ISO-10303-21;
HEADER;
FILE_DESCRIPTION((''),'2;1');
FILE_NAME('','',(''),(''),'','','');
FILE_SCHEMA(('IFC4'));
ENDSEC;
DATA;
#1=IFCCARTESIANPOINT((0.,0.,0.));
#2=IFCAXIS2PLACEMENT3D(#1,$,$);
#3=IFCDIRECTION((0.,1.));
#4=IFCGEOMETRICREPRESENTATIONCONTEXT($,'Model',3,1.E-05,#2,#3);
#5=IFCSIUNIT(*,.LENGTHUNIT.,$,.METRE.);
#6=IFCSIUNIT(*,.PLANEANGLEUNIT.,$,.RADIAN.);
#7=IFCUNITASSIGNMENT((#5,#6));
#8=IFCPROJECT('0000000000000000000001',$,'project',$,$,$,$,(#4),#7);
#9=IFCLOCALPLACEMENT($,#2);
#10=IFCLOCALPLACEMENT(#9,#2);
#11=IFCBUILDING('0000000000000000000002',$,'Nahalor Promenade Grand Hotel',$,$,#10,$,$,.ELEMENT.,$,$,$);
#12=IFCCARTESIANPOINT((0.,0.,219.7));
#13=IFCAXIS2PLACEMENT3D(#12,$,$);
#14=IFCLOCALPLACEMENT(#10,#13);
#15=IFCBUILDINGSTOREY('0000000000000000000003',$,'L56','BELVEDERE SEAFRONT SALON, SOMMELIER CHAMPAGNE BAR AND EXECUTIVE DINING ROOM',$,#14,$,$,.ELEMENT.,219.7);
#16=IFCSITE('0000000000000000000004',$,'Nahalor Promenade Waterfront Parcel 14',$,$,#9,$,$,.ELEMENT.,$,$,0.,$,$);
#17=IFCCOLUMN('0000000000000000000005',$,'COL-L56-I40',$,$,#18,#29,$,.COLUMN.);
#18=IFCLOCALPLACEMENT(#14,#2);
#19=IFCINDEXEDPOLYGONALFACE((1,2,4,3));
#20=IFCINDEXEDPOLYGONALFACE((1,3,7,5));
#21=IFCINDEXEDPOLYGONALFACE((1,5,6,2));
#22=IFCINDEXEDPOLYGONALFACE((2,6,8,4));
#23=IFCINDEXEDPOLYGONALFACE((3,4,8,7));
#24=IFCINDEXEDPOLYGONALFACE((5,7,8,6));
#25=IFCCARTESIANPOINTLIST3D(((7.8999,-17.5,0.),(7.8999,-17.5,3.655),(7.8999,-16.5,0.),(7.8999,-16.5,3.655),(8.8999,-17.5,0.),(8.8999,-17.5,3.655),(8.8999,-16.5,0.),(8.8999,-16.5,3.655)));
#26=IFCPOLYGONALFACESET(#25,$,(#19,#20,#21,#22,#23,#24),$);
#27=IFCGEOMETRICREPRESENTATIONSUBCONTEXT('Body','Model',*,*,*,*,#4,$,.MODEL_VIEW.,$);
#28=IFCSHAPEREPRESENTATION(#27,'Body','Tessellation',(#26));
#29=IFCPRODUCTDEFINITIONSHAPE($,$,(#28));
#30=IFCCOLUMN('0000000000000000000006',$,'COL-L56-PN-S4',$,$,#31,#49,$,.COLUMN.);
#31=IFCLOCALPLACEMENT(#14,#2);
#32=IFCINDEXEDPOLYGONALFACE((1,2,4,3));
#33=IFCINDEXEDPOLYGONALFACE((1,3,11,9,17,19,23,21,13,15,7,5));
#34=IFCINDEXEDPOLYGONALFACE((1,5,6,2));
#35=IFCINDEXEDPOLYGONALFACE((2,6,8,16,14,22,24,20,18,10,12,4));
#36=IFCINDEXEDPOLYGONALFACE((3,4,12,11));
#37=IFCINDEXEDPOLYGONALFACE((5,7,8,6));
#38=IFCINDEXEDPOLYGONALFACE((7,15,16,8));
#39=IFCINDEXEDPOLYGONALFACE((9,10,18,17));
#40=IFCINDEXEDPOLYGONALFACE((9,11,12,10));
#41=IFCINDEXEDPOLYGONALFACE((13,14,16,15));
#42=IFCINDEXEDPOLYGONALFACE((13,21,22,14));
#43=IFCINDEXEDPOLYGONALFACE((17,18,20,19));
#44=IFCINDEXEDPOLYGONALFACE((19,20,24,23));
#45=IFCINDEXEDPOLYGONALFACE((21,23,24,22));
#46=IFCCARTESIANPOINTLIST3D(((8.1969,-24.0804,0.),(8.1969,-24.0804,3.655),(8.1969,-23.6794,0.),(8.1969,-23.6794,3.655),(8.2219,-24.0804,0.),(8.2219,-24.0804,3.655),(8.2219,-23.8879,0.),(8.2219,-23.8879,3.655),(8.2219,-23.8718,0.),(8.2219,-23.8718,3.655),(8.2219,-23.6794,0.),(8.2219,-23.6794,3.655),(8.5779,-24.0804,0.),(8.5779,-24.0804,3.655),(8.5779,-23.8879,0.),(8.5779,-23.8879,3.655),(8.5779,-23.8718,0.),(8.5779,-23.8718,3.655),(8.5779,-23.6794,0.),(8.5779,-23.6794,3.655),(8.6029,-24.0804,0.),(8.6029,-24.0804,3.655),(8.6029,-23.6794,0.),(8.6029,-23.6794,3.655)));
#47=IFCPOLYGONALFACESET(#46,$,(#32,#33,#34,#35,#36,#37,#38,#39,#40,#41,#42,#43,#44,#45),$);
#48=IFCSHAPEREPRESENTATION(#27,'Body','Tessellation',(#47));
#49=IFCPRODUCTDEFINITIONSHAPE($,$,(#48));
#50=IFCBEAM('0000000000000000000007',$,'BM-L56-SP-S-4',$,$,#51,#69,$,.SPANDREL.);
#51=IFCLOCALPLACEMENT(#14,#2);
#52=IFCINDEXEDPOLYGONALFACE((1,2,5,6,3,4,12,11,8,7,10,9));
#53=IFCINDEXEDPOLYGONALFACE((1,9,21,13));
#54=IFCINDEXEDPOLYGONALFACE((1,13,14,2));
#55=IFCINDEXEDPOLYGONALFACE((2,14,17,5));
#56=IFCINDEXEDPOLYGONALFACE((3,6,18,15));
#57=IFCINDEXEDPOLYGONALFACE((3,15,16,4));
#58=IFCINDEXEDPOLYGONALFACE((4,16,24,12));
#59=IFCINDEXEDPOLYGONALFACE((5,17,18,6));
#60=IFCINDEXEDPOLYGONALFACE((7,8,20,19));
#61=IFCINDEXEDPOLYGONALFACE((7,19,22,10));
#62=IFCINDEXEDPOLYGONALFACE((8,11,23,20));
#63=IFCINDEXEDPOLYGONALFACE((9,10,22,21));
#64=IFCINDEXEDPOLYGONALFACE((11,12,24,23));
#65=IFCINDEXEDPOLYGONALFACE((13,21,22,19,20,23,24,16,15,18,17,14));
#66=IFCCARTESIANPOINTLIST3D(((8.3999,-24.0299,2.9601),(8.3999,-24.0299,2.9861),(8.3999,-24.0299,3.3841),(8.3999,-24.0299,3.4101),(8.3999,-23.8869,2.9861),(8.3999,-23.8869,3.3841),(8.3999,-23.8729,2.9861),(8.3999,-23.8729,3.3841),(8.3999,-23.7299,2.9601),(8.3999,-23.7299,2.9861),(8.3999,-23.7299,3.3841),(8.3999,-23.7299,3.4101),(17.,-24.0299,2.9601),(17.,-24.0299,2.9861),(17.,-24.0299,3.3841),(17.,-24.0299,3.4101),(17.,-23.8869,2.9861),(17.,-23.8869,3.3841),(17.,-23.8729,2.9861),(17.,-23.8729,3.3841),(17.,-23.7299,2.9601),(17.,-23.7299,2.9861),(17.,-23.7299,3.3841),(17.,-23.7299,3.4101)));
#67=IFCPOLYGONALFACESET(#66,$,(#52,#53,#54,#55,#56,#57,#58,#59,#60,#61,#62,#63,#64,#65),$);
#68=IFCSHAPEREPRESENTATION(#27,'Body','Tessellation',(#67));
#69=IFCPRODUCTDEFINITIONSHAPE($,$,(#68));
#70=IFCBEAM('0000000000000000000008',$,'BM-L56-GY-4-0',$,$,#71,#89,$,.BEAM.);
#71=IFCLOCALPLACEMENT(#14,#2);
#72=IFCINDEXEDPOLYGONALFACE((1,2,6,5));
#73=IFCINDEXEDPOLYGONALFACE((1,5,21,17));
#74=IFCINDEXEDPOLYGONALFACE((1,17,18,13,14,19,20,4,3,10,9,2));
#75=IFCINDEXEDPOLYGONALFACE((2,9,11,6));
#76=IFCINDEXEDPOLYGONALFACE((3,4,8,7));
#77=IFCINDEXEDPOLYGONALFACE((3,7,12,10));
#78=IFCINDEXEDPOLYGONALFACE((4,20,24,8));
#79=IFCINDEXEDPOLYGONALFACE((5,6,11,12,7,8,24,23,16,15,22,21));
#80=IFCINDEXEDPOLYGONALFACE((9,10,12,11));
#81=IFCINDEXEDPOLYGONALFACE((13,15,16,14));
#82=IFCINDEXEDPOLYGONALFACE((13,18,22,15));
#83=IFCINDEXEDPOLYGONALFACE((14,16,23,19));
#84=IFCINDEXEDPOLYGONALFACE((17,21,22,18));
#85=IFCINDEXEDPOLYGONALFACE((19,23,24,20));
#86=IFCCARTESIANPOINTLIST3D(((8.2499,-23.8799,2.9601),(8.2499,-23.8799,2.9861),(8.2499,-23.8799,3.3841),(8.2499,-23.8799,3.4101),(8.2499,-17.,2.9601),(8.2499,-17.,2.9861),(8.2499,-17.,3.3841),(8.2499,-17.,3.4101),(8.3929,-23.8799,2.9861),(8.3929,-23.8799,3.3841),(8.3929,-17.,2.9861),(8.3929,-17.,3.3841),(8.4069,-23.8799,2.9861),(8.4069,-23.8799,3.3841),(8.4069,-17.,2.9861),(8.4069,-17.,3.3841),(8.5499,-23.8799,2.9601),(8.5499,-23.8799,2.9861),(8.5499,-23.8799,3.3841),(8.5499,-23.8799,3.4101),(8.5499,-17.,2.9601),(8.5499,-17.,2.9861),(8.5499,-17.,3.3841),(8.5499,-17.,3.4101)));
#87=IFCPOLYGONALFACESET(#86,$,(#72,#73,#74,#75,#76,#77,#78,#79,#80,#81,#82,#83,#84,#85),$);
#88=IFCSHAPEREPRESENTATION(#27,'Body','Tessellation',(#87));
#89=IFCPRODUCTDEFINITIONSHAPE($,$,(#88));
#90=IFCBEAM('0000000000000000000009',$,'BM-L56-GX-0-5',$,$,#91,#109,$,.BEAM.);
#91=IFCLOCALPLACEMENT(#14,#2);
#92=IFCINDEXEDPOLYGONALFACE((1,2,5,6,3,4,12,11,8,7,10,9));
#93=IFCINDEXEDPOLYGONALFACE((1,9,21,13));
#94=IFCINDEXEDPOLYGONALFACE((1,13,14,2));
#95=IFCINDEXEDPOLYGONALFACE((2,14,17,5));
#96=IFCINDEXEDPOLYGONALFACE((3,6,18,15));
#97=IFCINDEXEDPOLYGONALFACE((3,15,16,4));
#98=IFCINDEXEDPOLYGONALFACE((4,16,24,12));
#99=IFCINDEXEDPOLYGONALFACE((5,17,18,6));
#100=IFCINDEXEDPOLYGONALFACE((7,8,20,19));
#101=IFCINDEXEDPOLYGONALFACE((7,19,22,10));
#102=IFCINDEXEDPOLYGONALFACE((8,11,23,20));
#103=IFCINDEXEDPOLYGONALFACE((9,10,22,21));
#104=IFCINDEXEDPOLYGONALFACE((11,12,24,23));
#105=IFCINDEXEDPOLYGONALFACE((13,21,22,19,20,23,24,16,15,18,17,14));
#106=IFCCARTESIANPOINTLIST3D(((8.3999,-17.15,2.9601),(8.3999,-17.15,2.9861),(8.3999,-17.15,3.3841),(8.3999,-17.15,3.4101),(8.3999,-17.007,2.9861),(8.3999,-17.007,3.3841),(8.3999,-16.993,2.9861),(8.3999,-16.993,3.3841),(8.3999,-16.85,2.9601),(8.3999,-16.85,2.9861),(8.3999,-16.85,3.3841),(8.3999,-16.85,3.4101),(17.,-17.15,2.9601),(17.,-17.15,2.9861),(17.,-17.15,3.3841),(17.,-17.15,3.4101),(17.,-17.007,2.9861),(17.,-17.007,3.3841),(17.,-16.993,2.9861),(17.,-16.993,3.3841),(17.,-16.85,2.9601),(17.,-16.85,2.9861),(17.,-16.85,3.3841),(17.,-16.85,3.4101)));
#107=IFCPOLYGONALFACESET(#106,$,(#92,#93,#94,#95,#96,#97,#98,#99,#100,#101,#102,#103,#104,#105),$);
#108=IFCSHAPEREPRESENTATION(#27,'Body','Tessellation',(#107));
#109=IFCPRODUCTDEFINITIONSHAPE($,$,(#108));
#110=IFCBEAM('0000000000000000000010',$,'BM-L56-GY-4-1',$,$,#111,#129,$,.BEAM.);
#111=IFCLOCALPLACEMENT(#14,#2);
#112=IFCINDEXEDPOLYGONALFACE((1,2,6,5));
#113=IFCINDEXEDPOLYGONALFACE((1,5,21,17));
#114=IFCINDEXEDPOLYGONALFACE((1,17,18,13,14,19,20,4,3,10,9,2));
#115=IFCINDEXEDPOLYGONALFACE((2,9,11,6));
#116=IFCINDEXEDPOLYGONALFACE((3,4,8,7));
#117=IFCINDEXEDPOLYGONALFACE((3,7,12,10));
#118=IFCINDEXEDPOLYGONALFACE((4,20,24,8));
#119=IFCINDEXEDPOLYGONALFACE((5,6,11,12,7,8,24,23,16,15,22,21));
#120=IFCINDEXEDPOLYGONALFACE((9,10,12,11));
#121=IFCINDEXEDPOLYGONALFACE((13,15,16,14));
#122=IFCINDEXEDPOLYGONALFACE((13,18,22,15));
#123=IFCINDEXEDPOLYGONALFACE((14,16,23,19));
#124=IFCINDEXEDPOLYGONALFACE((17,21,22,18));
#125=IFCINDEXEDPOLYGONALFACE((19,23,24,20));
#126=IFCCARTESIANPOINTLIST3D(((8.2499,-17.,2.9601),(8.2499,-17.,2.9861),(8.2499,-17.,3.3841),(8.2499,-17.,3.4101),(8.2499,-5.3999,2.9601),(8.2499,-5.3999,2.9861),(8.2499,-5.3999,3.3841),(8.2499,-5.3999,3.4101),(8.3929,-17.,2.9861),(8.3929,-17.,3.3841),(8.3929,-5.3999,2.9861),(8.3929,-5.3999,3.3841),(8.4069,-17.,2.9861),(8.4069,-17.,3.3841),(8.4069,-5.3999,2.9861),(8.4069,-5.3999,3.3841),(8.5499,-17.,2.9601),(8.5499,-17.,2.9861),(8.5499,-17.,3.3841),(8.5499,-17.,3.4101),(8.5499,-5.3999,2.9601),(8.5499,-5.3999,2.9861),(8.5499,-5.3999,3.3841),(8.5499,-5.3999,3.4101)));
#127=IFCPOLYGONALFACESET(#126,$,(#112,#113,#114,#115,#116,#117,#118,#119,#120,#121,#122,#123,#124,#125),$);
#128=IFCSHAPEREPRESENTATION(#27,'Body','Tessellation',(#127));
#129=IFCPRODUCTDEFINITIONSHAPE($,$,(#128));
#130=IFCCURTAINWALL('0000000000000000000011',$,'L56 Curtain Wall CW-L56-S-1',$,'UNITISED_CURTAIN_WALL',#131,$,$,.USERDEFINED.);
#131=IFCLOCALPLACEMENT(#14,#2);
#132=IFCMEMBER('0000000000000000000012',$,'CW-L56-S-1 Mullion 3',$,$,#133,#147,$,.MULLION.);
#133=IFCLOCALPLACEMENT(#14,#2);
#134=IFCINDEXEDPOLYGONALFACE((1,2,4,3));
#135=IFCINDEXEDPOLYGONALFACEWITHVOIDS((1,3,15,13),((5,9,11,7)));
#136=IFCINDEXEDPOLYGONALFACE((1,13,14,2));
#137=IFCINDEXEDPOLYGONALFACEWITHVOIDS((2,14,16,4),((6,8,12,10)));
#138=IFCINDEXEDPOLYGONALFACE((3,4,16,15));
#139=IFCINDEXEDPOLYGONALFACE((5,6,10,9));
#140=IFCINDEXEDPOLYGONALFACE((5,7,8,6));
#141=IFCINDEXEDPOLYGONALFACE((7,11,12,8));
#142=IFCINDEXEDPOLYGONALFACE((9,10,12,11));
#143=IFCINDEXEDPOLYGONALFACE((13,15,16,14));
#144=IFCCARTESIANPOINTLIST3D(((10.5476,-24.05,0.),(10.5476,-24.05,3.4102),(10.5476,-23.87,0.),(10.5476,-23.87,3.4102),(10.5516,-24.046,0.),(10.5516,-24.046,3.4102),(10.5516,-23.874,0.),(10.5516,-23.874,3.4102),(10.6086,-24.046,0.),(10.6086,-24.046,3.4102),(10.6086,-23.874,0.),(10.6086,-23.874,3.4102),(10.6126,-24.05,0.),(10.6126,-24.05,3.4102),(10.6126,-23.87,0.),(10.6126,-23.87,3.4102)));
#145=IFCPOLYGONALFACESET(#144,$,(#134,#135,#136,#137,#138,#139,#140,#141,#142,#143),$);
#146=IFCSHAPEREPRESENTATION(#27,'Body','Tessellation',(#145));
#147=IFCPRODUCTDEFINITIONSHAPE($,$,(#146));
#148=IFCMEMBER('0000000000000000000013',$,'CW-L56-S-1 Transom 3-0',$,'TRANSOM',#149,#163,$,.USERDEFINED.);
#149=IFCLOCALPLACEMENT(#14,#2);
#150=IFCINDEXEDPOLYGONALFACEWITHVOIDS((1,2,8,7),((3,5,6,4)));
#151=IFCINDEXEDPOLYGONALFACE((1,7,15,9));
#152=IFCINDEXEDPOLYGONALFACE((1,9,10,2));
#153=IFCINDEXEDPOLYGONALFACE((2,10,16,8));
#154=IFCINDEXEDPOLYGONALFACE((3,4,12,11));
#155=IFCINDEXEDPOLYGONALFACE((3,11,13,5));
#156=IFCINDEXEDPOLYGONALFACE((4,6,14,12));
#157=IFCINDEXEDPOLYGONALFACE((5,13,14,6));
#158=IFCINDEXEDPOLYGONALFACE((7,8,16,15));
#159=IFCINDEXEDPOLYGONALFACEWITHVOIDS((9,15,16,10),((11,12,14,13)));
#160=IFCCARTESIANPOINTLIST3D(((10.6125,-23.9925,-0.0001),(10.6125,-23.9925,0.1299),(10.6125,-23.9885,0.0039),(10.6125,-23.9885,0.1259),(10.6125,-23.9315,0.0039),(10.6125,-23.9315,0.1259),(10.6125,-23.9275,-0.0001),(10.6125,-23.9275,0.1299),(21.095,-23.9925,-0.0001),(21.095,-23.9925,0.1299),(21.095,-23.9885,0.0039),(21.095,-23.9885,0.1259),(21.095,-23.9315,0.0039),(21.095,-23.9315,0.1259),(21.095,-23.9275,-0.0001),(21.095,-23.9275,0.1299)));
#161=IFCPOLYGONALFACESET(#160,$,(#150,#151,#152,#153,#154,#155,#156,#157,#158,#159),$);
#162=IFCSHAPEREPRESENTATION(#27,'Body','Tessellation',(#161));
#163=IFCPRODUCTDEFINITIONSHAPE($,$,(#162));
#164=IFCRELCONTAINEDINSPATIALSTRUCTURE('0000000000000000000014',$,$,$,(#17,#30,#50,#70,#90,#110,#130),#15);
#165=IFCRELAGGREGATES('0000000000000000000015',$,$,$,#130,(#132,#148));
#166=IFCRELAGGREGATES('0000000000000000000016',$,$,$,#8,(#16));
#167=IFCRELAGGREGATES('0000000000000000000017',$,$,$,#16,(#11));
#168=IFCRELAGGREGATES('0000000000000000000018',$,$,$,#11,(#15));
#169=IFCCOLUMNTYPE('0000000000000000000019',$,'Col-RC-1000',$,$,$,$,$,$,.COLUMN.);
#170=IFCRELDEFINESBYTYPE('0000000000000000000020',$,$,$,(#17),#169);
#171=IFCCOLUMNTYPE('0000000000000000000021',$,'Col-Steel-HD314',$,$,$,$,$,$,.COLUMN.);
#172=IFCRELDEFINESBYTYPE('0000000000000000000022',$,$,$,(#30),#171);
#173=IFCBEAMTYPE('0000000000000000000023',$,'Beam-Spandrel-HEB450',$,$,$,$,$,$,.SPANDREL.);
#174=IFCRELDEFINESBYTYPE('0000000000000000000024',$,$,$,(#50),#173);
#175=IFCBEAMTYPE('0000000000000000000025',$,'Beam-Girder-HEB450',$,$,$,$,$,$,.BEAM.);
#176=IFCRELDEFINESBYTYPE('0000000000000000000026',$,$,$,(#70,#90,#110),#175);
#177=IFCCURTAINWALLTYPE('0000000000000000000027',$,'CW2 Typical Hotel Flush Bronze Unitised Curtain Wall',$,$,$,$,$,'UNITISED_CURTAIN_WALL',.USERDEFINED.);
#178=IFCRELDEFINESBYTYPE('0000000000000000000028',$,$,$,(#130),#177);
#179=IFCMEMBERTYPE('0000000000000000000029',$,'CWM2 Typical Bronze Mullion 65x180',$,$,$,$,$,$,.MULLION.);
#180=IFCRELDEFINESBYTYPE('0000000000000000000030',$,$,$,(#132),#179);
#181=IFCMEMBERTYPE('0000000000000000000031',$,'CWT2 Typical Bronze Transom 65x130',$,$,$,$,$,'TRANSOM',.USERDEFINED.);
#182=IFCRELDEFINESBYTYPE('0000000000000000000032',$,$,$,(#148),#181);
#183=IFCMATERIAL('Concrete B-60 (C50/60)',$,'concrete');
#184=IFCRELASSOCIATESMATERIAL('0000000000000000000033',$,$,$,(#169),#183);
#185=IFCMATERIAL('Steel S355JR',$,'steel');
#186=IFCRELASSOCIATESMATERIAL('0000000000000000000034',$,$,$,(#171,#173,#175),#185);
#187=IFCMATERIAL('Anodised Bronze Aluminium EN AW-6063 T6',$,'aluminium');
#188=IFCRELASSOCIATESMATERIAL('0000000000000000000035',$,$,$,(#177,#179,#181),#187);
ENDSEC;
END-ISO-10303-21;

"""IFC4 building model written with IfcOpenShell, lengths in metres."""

from ifc_helpers import new_model, si_unit, direction, frame, origin, origin_2d, place, context, subcontext, project, spatial, rectangle, hollow_rectangle, i_section, extrude, source, transform, mapped, material, material_profile, profile_set, type_object, element, aggregate, save


model = new_model("IFC4")

# Units and contexts
model_context = context("Model", 3, precision=1e-05, world=origin(), true_north=direction((0.0, 1.0)))
body_context = subcontext(model_context, "Body", "Model", "MODEL_VIEW")
ifc_project = project(units=[si_unit("LENGTHUNIT", "METRE"), si_unit("PLANEANGLEUNIT", "RADIAN")], contexts=[model_context])

# Site, building, storey
site_placement = place(None, origin())
site = spatial("IfcSite", under=ifc_project, at=site_placement, Name="Nahalor Promenade Waterfront Parcel 14", CompositionType="ELEMENT", RefElevation=0.0)
building_placement = place(site_placement, origin())
building = spatial("IfcBuilding", under=site, at=building_placement, Name="Nahalor Promenade Grand Hotel", CompositionType="ELEMENT")
storey_placement = place(building_placement, frame((0.0, 0.0, 219.7)))
storey = spatial("IfcBuildingStorey", under=building, at=storey_placement, Name="L56", Description="BELVEDERE SEAFRONT SALON, SOMMELIER CHAMPAGNE BAR AND EXECUTIVE DINING ROOM", CompositionType="ELEMENT", Elevation=219.7)

# Columns
ifc_material_1 = material(Name="Concrete B-60 (C50/60)", Category="concrete")
ifc_material_profile_1 = material_profile(ifc_material_1, rectangle(XDim=1.0, YDim=1.0, at=origin_2d()), Name="RC 1000x1000")
ifc_profile_set_1 = profile_set([ifc_material_profile_1], Name="Concrete B-60 (C50/60)")
column_type_1 = type_object("IfcColumnType", Name="Col-RC-1000", PredefinedType="COLUMN", material=ifc_profile_set_1)
shared_shape_1 = source(origin(), body_context, "Body", "SweptSolid", [
    extrude(rectangle(XDim=1.0, YDim=1.0, at=origin_2d()), origin(), (0.0, 0.0, 1.0), 3.655),
])
column_1_placement = place(storey_placement, frame((8.3999, -17.0, 0.0), z_axis=(0.0, 0.0, 1.0), x_axis=(1.0, 0.0, 0.0)))
element("IfcColumn", 1, at=column_1_placement, inside=storey, type_object=column_type_1, Name="COL-L56-I40", PredefinedType="COLUMN", context=body_context, shape_type="MappedRepresentation", body=[
    mapped(shared_shape_1, transform((0.0, 0.0, 0.0), scale=1.0)),
])
ifc_material_2 = material(Name="Steel S355JR", Category="steel")
ifc_material_profile_2 = material_profile(ifc_material_2, i_section(OverallWidth=0.401, OverallDepth=0.406, WebThickness=0.0161, FlangeThickness=0.025, at=origin_2d()), Name="HD 400x314")
ifc_profile_set_2 = profile_set([ifc_material_profile_2], Name="Steel S355JR")
column_type_2 = type_object("IfcColumnType", Name="Col-Steel-HD314", PredefinedType="COLUMN", material=ifc_profile_set_2)
shared_shape_2 = source(origin(), body_context, "Body", "SweptSolid", [
    extrude(i_section(OverallWidth=0.401, OverallDepth=0.406, WebThickness=0.0161, FlangeThickness=0.025, at=origin_2d()), origin(), (0.0, 0.0, 1.0), 3.655),
])
column_2_placement = place(storey_placement, frame((8.3999, -23.8799, 0.0), z_axis=(0.0, 0.0, 1.0), x_axis=(0.0, 1.0, 0.0)))
element("IfcColumn", 2, at=column_2_placement, inside=storey, type_object=column_type_2, Name="COL-L56-PN-S4", PredefinedType="COLUMN", context=body_context, shape_type="MappedRepresentation", body=[
    mapped(shared_shape_2, transform((0.0, 0.0, 0.0), scale=1.0)),
])

# Beams
ifc_material_profile_3 = material_profile(ifc_material_2, i_section(OverallWidth=0.3, OverallDepth=0.45, WebThickness=0.014, FlangeThickness=0.026, at=origin_2d()), Name="HEB 450")
ifc_profile_set_3 = profile_set([ifc_material_profile_3], Name="Steel S355JR")
beam_type_1 = type_object("IfcBeamType", Name="Beam-Spandrel-HEB450", PredefinedType="SPANDREL", material=ifc_profile_set_3)
shared_shape_3 = source(origin(), body_context, "Body", "SweptSolid", [
    extrude(i_section(OverallWidth=0.3, OverallDepth=0.45, WebThickness=0.014, FlangeThickness=0.026, at=origin_2d()), origin(), (0.0, 0.0, 1.0), 8.6001),
])
beam_1_placement = place(storey_placement, frame((8.3999, -23.8799, 3.1851), z_axis=(1.0, 0.0, 0.0), x_axis=(0.0, 1.0, 0.0)))
element("IfcBeam", 3, at=beam_1_placement, inside=storey, type_object=beam_type_1, Name="BM-L56-SP-S-4", PredefinedType="SPANDREL", context=body_context, shape_type="MappedRepresentation", body=[
    mapped(shared_shape_3, transform((0.0, 0.0, 0.0), scale=1.0)),
])
ifc_material_profile_4 = material_profile(ifc_material_2, i_section(OverallWidth=0.3, OverallDepth=0.45, WebThickness=0.014, FlangeThickness=0.026, at=origin_2d()), Name="HEB 450")
ifc_profile_set_4 = profile_set([ifc_material_profile_4], Name="Steel S355JR")
beam_type_2 = type_object("IfcBeamType", Name="Beam-Girder-HEB450", PredefinedType="BEAM", material=ifc_profile_set_4)
shared_shape_4 = source(origin(), body_context, "Body", "SweptSolid", [
    extrude(i_section(OverallWidth=0.3, OverallDepth=0.45, WebThickness=0.014, FlangeThickness=0.026, at=origin_2d()), origin(), (0.0, 0.0, 1.0), 6.8799),
])
beam_2_placement = place(storey_placement, frame((8.3999, -23.8799, 3.1851), z_axis=(0.0, 1.0, 0.0), x_axis=(-1.0, 0.0, 0.0)))
element("IfcBeam", 4, at=beam_2_placement, inside=storey, type_object=beam_type_2, Name="BM-L56-GY-4-0", PredefinedType="BEAM", context=body_context, shape_type="MappedRepresentation", body=[
    mapped(shared_shape_4, transform((0.0, 0.0, 0.0), scale=1.0)),
])
shared_shape_5 = source(origin(), body_context, "Body", "SweptSolid", [
    extrude(i_section(OverallWidth=0.3, OverallDepth=0.45, WebThickness=0.014, FlangeThickness=0.026, at=origin_2d()), origin(), (0.0, 0.0, 1.0), 8.6001),
])
beam_3_placement = place(storey_placement, frame((8.3999, -17.0, 3.1851), z_axis=(1.0, 0.0, 0.0), x_axis=(0.0, 1.0, 0.0)))
element("IfcBeam", 5, at=beam_3_placement, inside=storey, type_object=beam_type_2, Name="BM-L56-GX-0-5", PredefinedType="BEAM", context=body_context, shape_type="MappedRepresentation", body=[
    mapped(shared_shape_5, transform((0.0, 0.0, 0.0), scale=1.0)),
])
shared_shape_6 = source(origin(), body_context, "Body", "SweptSolid", [
    extrude(i_section(OverallWidth=0.3, OverallDepth=0.45, WebThickness=0.014, FlangeThickness=0.026, at=origin_2d()), origin(), (0.0, 0.0, 1.0), 11.6001),
])
beam_4_placement = place(storey_placement, frame((8.3999, -17.0, 3.1851), z_axis=(0.0, 1.0, 0.0), x_axis=(-1.0, 0.0, 0.0)))
element("IfcBeam", 6, at=beam_4_placement, inside=storey, type_object=beam_type_2, Name="BM-L56-GY-4-1", PredefinedType="BEAM", context=body_context, shape_type="MappedRepresentation", body=[
    mapped(shared_shape_6, transform((0.0, 0.0, 0.0), scale=1.0)),
])

# Curtain wall, members
ifc_material_3 = material(Name="Anodised Bronze Aluminium EN AW-6063 T6", Category="aluminium")
curtain_wall_type = type_object("IfcCurtainWallType", Name="CW2 Typical Hotel Flush Bronze Unitised Curtain Wall", ElementType="UNITISED_CURTAIN_WALL", PredefinedType="USERDEFINED", material=ifc_material_3)
curtain_wall_placement = place(storey_placement, origin())
curtain_wall = element("IfcCurtainWall", 7, at=curtain_wall_placement, inside=storey, type_object=curtain_wall_type, Name="L56 Curtain Wall CW-L56-S-1", ObjectType="UNITISED_CURTAIN_WALL", PredefinedType="USERDEFINED")
ifc_material_profile_5 = material_profile(ifc_material_3, hollow_rectangle(XDim=0.065, YDim=0.18, WallThickness=0.004, at=origin_2d()), Name="CWM 65x180x4")
ifc_profile_set_5 = profile_set([ifc_material_profile_5], Name="Anodised Bronze Aluminium EN AW-6063 T6")
member_type_1 = type_object("IfcMemberType", Name="CWM2 Typical Bronze Mullion 65x180", PredefinedType="MULLION", material=ifc_profile_set_5)
shared_shape_7 = source(origin(), body_context, "Body", "SweptSolid", [
    extrude(hollow_rectangle(XDim=0.065, YDim=0.18, WallThickness=0.004, at=origin_2d()), origin(), (0.0, 0.0, 1.0), 3.4102),
])
member_1_placement = place(storey_placement, frame((10.5801, -23.96, 0.0), z_axis=(0.0, 0.0, 1.0), x_axis=(1.0, 0.0, 0.0)))
member_1 = element("IfcMember", 8, at=member_1_placement, type_object=member_type_1, Name="CW-L56-S-1 Mullion 3", PredefinedType="MULLION", context=body_context, shape_type="MappedRepresentation", body=[
    mapped(shared_shape_7, transform((0.0, 0.0, 0.0), scale=1.0)),
])
ifc_material_profile_6 = material_profile(ifc_material_3, hollow_rectangle(XDim=0.065, YDim=0.13, WallThickness=0.004, at=origin_2d()), Name="CWT 65x130x4")
ifc_profile_set_6 = profile_set([ifc_material_profile_6], Name="Anodised Bronze Aluminium EN AW-6063 T6")
member_type_2 = type_object("IfcMemberType", Name="CWT2 Typical Bronze Transom 65x130", ElementType="TRANSOM", PredefinedType="USERDEFINED", material=ifc_profile_set_6)
shared_shape_8 = source(origin(), body_context, "Body", "SweptSolid", [
    extrude(hollow_rectangle(XDim=0.065, YDim=0.13, WallThickness=0.004, at=origin_2d()), origin(), (0.0, 0.0, 1.0), 10.4824),
])
member_2_placement = place(storey_placement, frame((10.6125, -23.96, 0.0649), z_axis=(1.0, 0.0, 0.0), x_axis=(0.0, 1.0, 0.0)))
member_2 = element("IfcMember", 9, at=member_2_placement, type_object=member_type_2, Name="CW-L56-S-1 Transom 3-0", ObjectType="TRANSOM", PredefinedType="USERDEFINED", context=body_context, shape_type="MappedRepresentation", body=[
    mapped(shared_shape_8, transform((0.0, 0.0, 0.0), scale=1.0)),
])
aggregate(curtain_wall, [member_1, member_2])

save(model, "model.ifc")
